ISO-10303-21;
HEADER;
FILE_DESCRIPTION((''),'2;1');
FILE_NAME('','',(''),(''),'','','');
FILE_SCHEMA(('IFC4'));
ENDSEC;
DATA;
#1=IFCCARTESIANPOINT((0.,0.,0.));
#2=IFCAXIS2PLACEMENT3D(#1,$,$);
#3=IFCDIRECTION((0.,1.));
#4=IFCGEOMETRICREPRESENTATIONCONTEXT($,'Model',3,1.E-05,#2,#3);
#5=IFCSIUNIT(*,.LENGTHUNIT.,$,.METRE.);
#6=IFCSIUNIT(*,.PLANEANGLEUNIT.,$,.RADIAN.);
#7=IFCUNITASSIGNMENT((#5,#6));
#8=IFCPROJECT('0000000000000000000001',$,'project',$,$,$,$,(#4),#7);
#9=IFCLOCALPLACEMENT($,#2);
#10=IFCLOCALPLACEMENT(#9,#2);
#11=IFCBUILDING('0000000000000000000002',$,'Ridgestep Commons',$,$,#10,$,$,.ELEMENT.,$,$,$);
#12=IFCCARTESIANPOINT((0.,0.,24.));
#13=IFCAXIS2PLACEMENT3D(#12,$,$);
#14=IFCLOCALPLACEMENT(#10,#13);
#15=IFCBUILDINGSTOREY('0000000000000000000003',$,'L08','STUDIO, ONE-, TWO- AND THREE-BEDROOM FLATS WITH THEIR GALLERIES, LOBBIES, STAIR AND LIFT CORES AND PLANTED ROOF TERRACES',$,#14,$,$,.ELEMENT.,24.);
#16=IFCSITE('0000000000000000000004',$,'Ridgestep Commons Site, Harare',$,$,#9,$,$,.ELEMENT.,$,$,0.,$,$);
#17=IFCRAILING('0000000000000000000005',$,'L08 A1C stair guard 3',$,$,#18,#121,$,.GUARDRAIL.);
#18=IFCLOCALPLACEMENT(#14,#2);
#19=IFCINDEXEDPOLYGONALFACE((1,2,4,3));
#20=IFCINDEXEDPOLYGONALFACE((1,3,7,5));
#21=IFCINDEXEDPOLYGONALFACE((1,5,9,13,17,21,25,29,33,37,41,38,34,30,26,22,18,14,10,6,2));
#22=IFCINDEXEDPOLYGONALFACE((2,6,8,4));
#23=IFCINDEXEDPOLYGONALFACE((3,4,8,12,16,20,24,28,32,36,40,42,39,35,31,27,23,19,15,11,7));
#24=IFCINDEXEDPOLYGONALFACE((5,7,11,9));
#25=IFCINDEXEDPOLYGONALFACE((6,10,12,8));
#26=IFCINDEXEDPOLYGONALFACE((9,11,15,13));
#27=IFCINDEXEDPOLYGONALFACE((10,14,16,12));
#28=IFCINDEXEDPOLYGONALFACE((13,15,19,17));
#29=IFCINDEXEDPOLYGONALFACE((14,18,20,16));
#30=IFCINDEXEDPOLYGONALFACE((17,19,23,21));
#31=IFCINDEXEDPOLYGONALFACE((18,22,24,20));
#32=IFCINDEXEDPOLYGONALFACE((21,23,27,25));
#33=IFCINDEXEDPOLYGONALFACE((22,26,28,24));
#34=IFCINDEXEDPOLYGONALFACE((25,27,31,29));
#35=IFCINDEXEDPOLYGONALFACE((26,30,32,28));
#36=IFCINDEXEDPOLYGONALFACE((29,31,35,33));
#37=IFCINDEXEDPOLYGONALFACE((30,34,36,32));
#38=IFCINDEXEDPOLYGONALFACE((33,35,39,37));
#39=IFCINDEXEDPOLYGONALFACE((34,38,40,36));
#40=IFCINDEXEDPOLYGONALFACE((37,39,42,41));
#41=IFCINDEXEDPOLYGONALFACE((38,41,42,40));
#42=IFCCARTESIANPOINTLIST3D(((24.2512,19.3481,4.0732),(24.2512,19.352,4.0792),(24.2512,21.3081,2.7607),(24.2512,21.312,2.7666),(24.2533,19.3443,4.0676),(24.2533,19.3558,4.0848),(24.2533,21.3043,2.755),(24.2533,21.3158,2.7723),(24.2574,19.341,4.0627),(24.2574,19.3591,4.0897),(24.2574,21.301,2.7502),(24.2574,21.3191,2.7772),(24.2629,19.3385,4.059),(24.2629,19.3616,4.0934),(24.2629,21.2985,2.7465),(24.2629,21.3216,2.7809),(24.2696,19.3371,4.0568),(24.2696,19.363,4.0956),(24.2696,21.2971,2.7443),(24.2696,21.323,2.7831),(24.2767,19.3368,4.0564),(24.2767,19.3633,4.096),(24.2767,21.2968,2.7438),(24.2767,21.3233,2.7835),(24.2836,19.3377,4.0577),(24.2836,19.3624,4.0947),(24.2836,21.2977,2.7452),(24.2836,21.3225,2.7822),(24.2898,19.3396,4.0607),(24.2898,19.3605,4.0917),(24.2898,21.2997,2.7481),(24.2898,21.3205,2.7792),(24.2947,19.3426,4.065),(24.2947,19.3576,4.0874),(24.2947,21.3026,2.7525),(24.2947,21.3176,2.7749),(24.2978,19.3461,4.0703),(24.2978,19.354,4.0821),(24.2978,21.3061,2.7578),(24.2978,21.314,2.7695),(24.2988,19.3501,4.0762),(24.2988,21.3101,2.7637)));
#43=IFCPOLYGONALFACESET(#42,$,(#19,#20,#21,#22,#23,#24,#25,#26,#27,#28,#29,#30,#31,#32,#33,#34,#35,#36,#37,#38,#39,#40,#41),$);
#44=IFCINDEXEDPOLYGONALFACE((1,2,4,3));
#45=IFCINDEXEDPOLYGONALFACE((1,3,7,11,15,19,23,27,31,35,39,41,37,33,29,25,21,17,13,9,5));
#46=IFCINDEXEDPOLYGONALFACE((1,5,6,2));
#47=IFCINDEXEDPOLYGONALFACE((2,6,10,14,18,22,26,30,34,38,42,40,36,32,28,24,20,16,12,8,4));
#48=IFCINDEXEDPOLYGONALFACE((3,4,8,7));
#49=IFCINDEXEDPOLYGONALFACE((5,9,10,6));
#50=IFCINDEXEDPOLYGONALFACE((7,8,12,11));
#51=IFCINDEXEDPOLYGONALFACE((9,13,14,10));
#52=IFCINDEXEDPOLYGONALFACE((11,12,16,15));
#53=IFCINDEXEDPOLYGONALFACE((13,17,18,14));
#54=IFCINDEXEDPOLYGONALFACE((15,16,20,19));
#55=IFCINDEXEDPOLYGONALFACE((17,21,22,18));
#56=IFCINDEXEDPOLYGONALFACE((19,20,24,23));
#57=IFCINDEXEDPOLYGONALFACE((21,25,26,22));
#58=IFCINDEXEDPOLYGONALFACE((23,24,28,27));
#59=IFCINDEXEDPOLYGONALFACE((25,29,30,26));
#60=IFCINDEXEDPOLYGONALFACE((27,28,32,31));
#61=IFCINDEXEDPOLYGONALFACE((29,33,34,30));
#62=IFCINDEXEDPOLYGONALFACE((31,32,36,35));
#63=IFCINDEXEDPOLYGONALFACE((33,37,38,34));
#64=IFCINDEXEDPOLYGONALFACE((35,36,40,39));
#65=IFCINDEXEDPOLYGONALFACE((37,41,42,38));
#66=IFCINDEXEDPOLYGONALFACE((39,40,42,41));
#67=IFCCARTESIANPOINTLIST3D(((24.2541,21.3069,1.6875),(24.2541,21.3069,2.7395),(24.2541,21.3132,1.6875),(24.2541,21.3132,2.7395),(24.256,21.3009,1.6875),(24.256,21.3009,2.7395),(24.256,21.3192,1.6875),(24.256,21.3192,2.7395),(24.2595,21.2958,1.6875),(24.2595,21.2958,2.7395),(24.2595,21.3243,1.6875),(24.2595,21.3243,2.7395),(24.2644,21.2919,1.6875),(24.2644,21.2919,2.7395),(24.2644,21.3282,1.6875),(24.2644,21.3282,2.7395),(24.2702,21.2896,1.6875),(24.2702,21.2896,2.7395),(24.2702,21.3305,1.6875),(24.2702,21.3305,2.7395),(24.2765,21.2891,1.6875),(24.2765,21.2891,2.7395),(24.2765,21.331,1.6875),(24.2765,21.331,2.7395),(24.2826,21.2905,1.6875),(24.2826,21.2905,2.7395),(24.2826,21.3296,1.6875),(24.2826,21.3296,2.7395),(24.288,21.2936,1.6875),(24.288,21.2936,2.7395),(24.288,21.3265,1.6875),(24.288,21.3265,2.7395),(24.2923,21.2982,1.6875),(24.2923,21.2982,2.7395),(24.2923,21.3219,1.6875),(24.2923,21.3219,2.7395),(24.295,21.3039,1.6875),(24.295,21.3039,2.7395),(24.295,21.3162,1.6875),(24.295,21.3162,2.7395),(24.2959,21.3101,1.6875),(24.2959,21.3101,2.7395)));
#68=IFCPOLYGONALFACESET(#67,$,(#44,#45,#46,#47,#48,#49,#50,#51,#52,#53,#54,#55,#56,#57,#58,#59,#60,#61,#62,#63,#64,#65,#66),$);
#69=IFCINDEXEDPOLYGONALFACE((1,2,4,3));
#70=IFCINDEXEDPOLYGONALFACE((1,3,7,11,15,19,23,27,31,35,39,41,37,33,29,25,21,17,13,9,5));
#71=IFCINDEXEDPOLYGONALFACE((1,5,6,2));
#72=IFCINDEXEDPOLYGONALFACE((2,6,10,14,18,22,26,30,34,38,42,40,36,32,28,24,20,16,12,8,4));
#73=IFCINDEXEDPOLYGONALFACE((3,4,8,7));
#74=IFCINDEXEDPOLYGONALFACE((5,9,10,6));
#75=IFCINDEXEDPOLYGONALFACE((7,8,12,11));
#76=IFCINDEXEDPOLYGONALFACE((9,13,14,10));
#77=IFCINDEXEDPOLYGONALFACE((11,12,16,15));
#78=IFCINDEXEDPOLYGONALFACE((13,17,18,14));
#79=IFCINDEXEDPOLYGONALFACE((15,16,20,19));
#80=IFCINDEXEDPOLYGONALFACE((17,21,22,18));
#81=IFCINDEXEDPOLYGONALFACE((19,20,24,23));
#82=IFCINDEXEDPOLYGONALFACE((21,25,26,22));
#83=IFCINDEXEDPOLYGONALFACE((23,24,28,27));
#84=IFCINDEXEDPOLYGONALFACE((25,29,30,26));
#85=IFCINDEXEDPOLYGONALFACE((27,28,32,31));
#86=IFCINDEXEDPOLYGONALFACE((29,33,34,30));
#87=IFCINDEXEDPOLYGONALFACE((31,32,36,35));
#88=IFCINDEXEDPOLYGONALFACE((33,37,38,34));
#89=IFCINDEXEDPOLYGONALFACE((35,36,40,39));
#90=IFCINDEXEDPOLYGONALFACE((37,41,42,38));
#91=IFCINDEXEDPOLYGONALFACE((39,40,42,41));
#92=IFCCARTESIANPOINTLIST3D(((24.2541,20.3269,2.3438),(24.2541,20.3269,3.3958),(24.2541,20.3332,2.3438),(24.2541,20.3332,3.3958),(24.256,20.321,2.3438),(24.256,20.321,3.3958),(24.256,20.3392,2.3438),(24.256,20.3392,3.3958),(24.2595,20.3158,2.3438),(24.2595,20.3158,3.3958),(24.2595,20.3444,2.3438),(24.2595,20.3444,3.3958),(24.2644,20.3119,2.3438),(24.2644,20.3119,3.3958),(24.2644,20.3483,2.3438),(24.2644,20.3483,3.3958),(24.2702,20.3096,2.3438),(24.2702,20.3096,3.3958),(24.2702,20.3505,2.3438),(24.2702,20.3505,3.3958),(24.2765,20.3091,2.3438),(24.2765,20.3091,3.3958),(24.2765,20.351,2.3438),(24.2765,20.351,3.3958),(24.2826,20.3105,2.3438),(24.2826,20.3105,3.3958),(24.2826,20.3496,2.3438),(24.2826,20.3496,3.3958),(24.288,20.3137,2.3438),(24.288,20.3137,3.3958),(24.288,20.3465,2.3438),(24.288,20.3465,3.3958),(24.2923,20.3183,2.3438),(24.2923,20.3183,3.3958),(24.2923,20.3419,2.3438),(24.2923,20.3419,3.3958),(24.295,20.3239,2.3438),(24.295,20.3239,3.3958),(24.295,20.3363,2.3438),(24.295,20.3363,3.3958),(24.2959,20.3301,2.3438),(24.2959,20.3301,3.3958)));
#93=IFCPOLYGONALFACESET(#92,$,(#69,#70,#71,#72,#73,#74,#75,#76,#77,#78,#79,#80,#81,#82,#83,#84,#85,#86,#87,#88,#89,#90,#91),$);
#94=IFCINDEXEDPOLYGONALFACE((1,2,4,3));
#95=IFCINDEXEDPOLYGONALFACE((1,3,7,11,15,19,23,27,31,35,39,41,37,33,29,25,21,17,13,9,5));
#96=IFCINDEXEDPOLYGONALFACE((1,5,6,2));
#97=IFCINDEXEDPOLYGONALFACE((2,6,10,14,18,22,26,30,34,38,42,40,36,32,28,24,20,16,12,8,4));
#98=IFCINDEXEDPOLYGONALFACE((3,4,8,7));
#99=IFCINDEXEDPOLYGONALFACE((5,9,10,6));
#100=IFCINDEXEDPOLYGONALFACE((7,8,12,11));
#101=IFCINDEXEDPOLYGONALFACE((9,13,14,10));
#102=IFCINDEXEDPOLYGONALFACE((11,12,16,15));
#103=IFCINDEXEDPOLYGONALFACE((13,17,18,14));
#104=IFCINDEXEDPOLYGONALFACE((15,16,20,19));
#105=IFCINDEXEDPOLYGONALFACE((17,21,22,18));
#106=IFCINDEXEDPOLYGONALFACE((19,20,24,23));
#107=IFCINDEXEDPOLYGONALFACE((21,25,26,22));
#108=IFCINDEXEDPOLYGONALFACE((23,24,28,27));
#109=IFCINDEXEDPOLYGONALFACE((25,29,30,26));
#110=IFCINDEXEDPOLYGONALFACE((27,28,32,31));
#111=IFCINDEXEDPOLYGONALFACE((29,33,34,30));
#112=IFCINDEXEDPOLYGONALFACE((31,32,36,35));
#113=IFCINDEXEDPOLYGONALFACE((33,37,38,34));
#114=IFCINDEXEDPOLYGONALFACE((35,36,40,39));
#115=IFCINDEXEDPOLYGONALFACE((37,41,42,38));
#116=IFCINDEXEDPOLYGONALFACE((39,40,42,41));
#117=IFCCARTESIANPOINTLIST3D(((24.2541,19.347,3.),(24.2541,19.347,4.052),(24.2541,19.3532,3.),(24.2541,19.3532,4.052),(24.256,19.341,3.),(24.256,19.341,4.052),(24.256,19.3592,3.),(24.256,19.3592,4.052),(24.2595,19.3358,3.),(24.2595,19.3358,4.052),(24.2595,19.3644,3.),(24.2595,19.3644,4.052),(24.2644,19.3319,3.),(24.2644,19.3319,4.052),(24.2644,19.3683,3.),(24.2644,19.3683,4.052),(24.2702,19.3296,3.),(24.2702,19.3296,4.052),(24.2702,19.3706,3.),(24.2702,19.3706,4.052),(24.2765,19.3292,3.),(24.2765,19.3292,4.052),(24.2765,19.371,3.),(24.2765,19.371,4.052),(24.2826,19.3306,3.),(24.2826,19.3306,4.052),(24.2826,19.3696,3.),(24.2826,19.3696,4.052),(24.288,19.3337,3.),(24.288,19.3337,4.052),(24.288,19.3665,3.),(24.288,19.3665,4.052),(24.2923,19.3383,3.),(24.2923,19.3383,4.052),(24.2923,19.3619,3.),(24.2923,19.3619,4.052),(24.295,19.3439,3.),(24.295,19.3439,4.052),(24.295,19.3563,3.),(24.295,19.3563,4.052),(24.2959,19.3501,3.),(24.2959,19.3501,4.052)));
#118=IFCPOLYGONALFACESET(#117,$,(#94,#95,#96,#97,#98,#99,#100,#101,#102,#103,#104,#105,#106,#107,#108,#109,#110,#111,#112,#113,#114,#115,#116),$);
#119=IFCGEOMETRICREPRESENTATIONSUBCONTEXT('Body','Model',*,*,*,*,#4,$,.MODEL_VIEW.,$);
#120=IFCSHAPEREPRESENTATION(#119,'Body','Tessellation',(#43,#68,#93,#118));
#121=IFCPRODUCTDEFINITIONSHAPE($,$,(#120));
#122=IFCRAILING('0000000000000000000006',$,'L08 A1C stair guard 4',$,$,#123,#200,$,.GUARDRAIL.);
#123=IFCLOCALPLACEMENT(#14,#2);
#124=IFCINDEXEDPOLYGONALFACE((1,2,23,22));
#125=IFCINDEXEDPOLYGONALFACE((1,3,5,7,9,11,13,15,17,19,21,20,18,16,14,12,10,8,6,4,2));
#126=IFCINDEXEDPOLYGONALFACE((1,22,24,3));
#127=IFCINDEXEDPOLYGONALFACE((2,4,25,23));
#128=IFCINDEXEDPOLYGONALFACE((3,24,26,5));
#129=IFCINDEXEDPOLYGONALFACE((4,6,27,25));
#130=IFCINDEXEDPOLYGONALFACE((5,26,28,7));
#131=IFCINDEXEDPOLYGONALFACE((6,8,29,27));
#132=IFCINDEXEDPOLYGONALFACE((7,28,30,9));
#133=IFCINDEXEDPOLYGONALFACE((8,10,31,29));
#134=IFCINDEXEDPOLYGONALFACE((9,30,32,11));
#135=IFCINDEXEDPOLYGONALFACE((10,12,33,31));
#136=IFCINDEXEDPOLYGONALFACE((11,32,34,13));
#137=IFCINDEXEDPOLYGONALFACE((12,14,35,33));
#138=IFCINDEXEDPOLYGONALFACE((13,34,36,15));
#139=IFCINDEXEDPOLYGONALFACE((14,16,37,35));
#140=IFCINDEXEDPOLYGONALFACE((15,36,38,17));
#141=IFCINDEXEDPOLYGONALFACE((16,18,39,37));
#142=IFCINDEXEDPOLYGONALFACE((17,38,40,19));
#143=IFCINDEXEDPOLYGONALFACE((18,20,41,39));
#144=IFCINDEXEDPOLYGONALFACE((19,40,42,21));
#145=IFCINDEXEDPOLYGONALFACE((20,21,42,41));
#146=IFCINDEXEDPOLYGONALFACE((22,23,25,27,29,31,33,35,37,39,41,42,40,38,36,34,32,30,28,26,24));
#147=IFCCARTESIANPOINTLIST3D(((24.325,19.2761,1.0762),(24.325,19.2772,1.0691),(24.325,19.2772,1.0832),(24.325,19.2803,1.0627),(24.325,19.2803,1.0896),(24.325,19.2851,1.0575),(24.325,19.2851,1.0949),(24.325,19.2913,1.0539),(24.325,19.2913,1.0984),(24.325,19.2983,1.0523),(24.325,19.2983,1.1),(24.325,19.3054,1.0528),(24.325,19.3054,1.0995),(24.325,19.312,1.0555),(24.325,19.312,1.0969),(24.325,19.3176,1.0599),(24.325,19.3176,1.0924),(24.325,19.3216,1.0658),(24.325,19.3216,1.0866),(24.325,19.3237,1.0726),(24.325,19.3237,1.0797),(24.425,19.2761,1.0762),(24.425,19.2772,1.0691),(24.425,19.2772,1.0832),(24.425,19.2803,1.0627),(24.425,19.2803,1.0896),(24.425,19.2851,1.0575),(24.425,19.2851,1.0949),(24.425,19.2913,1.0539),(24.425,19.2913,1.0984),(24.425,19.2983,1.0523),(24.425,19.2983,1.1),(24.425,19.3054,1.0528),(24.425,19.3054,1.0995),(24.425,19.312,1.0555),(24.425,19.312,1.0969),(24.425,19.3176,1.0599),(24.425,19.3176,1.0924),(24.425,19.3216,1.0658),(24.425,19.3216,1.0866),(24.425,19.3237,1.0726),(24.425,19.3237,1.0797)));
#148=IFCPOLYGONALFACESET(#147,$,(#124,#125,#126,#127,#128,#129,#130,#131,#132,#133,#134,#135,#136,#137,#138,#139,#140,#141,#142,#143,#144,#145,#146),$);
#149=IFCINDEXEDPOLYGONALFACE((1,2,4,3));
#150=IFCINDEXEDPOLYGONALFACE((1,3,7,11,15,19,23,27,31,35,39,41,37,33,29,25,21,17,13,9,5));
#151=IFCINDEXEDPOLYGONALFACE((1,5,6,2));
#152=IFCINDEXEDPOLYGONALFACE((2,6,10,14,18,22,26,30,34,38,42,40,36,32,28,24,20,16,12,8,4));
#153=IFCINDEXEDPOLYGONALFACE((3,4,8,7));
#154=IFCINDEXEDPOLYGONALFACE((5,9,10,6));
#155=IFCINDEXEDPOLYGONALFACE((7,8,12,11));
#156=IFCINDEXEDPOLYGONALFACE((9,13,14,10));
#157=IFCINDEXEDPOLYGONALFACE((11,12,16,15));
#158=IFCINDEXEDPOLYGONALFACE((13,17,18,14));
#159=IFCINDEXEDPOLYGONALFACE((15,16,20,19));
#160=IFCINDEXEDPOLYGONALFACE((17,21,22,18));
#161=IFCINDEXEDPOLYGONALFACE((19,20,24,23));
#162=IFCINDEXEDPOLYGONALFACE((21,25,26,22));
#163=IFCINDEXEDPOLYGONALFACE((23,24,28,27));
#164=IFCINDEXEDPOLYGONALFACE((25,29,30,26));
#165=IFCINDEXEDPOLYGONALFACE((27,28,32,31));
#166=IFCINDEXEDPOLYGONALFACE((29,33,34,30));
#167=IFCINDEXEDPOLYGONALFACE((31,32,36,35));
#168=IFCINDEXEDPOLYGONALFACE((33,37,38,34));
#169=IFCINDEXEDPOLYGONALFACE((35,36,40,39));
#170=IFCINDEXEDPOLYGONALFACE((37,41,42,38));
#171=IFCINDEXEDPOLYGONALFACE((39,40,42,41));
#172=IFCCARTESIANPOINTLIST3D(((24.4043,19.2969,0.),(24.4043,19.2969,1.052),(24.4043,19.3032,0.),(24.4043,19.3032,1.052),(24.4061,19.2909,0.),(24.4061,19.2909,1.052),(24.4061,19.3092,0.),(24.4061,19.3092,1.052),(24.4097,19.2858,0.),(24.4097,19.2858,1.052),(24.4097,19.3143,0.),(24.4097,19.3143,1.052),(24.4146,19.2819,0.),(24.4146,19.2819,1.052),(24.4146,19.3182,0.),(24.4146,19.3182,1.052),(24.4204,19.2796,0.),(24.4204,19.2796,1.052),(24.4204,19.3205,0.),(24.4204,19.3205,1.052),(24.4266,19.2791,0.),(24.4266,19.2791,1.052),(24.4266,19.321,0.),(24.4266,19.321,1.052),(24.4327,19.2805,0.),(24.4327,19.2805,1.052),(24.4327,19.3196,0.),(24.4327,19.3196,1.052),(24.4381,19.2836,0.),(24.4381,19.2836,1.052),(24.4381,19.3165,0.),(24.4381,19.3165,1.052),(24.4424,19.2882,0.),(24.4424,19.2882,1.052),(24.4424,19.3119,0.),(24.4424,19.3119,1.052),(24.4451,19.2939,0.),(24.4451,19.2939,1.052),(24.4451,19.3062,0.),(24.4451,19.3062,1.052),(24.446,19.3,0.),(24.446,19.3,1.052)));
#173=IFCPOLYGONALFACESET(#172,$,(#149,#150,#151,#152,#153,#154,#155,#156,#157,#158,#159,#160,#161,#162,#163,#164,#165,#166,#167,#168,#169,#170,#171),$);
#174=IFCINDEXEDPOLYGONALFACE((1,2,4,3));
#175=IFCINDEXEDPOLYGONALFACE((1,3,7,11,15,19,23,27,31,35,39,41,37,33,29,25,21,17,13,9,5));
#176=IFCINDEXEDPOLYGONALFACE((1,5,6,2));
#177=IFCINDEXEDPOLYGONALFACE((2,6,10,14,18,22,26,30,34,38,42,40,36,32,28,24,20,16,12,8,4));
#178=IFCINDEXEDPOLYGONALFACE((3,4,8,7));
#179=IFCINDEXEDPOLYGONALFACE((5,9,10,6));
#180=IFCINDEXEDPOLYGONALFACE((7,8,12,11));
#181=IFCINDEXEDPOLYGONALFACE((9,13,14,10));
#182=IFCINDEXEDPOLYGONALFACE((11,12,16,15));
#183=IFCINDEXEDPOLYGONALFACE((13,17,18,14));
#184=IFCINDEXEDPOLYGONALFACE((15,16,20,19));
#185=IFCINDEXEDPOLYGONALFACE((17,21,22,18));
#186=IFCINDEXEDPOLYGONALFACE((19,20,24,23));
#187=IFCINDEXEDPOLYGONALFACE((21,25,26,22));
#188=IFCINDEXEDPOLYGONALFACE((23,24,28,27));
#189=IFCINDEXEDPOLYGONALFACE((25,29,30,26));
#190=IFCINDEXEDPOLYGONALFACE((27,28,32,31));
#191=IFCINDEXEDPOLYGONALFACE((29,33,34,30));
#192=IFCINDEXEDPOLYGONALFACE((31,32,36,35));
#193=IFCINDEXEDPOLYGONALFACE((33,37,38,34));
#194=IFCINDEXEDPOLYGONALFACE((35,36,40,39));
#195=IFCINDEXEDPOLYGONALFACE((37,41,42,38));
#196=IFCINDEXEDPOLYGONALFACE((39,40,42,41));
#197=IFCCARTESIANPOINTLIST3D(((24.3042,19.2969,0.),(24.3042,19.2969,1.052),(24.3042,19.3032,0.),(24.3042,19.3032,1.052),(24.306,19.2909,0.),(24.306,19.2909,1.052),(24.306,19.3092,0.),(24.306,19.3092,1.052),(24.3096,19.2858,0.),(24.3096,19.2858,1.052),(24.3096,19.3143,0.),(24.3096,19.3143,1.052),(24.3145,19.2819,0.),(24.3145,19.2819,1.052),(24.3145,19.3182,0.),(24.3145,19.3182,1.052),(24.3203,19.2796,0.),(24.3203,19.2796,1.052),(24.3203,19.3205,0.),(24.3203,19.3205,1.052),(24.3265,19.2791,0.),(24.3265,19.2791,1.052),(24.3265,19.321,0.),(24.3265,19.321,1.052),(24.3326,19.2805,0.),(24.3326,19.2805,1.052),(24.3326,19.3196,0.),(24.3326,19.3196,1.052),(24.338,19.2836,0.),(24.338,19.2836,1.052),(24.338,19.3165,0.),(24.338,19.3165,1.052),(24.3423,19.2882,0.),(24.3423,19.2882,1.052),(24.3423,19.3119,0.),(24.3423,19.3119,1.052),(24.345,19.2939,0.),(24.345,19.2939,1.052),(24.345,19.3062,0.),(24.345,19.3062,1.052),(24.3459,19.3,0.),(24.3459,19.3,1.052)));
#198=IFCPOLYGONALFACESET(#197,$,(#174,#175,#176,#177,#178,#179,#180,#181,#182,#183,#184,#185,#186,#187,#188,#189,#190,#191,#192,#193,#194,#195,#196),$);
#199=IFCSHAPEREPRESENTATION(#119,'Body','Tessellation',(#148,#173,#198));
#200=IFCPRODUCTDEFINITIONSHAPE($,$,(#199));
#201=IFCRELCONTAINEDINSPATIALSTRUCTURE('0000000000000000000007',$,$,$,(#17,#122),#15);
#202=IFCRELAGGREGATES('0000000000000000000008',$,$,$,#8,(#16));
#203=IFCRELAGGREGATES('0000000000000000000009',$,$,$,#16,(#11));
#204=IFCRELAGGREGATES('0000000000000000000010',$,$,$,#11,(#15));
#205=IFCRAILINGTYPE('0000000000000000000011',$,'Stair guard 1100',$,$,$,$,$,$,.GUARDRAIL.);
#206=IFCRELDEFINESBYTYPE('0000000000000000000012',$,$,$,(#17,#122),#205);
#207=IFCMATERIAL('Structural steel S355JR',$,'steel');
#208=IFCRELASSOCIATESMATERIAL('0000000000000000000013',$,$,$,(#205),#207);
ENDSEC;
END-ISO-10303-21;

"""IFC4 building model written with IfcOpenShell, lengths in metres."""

from ifc_helpers import new_model, si_unit, direction, frame, origin, origin_2d, place, context, subcontext, project, spatial, circle, extrude, material, type_object, element, save


model = new_model("IFC4")

# Units and contexts
model_context = context("Model", 3, precision=1e-05, world=origin(), true_north=direction((0.0, 1.0)))
body_context = subcontext(model_context, "Body", "Model", "MODEL_VIEW")
ifc_project = project(units=[si_unit("LENGTHUNIT", "METRE"), si_unit("PLANEANGLEUNIT", "RADIAN")], contexts=[model_context])

# Site, building, storey
site_placement = place(None, origin())
site = spatial("IfcSite", under=ifc_project, at=site_placement, Name="Ridgestep Commons Site, Harare", CompositionType="ELEMENT", RefElevation=0.0)
building_placement = place(site_placement, origin())
building = spatial("IfcBuilding", under=site, at=building_placement, Name="Ridgestep Commons", CompositionType="ELEMENT")
storey_placement = place(building_placement, frame((0.0, 0.0, 24.0)))
storey = spatial("IfcBuildingStorey", under=building, at=storey_placement, Name="L08", Description="STUDIO, ONE-, TWO- AND THREE-BEDROOM FLATS WITH THEIR GALLERIES, LOBBIES, STAIR AND LIFT CORES AND PLANTED ROOF TERRACES", CompositionType="ELEMENT", Elevation=24.0)

# Railings
ifc_material_1 = material(Name="Structural steel S355JR", Category="steel")
railing_type_1 = type_object("IfcRailingType", Name="Stair guard 1100", PredefinedType="GUARDRAIL", material=ifc_material_1)
railing_1_placement = place(storey_placement, frame((24.2749, 21.3101, 1.6875)))
element("IfcRailing", 1, at=railing_1_placement, inside=storey, type_object=railing_type_1, Name="L08 A1C stair guard 3", PredefinedType="GUARDRAIL", context=body_context, shape_type="SweptSolid", body=[
    extrude(circle(Radius=0.0239, at=origin_2d()), frame((0.0, 0.0, 1.0762), z_axis=(0.0, -0.830902, 0.556419), x_axis=(1.0, 0.0, 0.0)), (0.0, 0.0, 1.0), 2.3589),
    extrude(circle(Radius=0.021, at=origin_2d()), origin(), (0.0, 0.0, 1.0), 1.052),
    extrude(circle(Radius=0.021, at=origin_2d()), frame((0.0, -0.98, 0.6562)), (0.0, 0.0, 1.0), 1.052),
    extrude(circle(Radius=0.021, at=origin_2d()), frame((0.0, -1.96, 1.3125)), (0.0, 0.0, 1.0), 1.052),
])
railing_2_placement = place(storey_placement, frame((24.425, 19.3, 0.0)))
element("IfcRailing", 2, at=railing_2_placement, inside=storey, type_object=railing_type_1, Name="L08 A1C stair guard 4", PredefinedType="GUARDRAIL", context=body_context, shape_type="SweptSolid", body=[
    extrude(circle(Radius=0.0239, at=origin_2d()), frame((0.0, 0.0, 1.0762), z_axis=(-1.0, 0.0, 0.0), x_axis=(0.0, -1.0, 0.0)), (0.0, 0.0, 1.0), 0.1001),
    extrude(circle(Radius=0.021, at=origin_2d()), origin(), (0.0, 0.0, 1.0), 1.052),
    extrude(circle(Radius=0.021, at=origin_2d()), frame((-0.1001, 0.0, 0.0)), (0.0, 0.0, 1.0), 1.052),
])

save(model, "model.ifc")
